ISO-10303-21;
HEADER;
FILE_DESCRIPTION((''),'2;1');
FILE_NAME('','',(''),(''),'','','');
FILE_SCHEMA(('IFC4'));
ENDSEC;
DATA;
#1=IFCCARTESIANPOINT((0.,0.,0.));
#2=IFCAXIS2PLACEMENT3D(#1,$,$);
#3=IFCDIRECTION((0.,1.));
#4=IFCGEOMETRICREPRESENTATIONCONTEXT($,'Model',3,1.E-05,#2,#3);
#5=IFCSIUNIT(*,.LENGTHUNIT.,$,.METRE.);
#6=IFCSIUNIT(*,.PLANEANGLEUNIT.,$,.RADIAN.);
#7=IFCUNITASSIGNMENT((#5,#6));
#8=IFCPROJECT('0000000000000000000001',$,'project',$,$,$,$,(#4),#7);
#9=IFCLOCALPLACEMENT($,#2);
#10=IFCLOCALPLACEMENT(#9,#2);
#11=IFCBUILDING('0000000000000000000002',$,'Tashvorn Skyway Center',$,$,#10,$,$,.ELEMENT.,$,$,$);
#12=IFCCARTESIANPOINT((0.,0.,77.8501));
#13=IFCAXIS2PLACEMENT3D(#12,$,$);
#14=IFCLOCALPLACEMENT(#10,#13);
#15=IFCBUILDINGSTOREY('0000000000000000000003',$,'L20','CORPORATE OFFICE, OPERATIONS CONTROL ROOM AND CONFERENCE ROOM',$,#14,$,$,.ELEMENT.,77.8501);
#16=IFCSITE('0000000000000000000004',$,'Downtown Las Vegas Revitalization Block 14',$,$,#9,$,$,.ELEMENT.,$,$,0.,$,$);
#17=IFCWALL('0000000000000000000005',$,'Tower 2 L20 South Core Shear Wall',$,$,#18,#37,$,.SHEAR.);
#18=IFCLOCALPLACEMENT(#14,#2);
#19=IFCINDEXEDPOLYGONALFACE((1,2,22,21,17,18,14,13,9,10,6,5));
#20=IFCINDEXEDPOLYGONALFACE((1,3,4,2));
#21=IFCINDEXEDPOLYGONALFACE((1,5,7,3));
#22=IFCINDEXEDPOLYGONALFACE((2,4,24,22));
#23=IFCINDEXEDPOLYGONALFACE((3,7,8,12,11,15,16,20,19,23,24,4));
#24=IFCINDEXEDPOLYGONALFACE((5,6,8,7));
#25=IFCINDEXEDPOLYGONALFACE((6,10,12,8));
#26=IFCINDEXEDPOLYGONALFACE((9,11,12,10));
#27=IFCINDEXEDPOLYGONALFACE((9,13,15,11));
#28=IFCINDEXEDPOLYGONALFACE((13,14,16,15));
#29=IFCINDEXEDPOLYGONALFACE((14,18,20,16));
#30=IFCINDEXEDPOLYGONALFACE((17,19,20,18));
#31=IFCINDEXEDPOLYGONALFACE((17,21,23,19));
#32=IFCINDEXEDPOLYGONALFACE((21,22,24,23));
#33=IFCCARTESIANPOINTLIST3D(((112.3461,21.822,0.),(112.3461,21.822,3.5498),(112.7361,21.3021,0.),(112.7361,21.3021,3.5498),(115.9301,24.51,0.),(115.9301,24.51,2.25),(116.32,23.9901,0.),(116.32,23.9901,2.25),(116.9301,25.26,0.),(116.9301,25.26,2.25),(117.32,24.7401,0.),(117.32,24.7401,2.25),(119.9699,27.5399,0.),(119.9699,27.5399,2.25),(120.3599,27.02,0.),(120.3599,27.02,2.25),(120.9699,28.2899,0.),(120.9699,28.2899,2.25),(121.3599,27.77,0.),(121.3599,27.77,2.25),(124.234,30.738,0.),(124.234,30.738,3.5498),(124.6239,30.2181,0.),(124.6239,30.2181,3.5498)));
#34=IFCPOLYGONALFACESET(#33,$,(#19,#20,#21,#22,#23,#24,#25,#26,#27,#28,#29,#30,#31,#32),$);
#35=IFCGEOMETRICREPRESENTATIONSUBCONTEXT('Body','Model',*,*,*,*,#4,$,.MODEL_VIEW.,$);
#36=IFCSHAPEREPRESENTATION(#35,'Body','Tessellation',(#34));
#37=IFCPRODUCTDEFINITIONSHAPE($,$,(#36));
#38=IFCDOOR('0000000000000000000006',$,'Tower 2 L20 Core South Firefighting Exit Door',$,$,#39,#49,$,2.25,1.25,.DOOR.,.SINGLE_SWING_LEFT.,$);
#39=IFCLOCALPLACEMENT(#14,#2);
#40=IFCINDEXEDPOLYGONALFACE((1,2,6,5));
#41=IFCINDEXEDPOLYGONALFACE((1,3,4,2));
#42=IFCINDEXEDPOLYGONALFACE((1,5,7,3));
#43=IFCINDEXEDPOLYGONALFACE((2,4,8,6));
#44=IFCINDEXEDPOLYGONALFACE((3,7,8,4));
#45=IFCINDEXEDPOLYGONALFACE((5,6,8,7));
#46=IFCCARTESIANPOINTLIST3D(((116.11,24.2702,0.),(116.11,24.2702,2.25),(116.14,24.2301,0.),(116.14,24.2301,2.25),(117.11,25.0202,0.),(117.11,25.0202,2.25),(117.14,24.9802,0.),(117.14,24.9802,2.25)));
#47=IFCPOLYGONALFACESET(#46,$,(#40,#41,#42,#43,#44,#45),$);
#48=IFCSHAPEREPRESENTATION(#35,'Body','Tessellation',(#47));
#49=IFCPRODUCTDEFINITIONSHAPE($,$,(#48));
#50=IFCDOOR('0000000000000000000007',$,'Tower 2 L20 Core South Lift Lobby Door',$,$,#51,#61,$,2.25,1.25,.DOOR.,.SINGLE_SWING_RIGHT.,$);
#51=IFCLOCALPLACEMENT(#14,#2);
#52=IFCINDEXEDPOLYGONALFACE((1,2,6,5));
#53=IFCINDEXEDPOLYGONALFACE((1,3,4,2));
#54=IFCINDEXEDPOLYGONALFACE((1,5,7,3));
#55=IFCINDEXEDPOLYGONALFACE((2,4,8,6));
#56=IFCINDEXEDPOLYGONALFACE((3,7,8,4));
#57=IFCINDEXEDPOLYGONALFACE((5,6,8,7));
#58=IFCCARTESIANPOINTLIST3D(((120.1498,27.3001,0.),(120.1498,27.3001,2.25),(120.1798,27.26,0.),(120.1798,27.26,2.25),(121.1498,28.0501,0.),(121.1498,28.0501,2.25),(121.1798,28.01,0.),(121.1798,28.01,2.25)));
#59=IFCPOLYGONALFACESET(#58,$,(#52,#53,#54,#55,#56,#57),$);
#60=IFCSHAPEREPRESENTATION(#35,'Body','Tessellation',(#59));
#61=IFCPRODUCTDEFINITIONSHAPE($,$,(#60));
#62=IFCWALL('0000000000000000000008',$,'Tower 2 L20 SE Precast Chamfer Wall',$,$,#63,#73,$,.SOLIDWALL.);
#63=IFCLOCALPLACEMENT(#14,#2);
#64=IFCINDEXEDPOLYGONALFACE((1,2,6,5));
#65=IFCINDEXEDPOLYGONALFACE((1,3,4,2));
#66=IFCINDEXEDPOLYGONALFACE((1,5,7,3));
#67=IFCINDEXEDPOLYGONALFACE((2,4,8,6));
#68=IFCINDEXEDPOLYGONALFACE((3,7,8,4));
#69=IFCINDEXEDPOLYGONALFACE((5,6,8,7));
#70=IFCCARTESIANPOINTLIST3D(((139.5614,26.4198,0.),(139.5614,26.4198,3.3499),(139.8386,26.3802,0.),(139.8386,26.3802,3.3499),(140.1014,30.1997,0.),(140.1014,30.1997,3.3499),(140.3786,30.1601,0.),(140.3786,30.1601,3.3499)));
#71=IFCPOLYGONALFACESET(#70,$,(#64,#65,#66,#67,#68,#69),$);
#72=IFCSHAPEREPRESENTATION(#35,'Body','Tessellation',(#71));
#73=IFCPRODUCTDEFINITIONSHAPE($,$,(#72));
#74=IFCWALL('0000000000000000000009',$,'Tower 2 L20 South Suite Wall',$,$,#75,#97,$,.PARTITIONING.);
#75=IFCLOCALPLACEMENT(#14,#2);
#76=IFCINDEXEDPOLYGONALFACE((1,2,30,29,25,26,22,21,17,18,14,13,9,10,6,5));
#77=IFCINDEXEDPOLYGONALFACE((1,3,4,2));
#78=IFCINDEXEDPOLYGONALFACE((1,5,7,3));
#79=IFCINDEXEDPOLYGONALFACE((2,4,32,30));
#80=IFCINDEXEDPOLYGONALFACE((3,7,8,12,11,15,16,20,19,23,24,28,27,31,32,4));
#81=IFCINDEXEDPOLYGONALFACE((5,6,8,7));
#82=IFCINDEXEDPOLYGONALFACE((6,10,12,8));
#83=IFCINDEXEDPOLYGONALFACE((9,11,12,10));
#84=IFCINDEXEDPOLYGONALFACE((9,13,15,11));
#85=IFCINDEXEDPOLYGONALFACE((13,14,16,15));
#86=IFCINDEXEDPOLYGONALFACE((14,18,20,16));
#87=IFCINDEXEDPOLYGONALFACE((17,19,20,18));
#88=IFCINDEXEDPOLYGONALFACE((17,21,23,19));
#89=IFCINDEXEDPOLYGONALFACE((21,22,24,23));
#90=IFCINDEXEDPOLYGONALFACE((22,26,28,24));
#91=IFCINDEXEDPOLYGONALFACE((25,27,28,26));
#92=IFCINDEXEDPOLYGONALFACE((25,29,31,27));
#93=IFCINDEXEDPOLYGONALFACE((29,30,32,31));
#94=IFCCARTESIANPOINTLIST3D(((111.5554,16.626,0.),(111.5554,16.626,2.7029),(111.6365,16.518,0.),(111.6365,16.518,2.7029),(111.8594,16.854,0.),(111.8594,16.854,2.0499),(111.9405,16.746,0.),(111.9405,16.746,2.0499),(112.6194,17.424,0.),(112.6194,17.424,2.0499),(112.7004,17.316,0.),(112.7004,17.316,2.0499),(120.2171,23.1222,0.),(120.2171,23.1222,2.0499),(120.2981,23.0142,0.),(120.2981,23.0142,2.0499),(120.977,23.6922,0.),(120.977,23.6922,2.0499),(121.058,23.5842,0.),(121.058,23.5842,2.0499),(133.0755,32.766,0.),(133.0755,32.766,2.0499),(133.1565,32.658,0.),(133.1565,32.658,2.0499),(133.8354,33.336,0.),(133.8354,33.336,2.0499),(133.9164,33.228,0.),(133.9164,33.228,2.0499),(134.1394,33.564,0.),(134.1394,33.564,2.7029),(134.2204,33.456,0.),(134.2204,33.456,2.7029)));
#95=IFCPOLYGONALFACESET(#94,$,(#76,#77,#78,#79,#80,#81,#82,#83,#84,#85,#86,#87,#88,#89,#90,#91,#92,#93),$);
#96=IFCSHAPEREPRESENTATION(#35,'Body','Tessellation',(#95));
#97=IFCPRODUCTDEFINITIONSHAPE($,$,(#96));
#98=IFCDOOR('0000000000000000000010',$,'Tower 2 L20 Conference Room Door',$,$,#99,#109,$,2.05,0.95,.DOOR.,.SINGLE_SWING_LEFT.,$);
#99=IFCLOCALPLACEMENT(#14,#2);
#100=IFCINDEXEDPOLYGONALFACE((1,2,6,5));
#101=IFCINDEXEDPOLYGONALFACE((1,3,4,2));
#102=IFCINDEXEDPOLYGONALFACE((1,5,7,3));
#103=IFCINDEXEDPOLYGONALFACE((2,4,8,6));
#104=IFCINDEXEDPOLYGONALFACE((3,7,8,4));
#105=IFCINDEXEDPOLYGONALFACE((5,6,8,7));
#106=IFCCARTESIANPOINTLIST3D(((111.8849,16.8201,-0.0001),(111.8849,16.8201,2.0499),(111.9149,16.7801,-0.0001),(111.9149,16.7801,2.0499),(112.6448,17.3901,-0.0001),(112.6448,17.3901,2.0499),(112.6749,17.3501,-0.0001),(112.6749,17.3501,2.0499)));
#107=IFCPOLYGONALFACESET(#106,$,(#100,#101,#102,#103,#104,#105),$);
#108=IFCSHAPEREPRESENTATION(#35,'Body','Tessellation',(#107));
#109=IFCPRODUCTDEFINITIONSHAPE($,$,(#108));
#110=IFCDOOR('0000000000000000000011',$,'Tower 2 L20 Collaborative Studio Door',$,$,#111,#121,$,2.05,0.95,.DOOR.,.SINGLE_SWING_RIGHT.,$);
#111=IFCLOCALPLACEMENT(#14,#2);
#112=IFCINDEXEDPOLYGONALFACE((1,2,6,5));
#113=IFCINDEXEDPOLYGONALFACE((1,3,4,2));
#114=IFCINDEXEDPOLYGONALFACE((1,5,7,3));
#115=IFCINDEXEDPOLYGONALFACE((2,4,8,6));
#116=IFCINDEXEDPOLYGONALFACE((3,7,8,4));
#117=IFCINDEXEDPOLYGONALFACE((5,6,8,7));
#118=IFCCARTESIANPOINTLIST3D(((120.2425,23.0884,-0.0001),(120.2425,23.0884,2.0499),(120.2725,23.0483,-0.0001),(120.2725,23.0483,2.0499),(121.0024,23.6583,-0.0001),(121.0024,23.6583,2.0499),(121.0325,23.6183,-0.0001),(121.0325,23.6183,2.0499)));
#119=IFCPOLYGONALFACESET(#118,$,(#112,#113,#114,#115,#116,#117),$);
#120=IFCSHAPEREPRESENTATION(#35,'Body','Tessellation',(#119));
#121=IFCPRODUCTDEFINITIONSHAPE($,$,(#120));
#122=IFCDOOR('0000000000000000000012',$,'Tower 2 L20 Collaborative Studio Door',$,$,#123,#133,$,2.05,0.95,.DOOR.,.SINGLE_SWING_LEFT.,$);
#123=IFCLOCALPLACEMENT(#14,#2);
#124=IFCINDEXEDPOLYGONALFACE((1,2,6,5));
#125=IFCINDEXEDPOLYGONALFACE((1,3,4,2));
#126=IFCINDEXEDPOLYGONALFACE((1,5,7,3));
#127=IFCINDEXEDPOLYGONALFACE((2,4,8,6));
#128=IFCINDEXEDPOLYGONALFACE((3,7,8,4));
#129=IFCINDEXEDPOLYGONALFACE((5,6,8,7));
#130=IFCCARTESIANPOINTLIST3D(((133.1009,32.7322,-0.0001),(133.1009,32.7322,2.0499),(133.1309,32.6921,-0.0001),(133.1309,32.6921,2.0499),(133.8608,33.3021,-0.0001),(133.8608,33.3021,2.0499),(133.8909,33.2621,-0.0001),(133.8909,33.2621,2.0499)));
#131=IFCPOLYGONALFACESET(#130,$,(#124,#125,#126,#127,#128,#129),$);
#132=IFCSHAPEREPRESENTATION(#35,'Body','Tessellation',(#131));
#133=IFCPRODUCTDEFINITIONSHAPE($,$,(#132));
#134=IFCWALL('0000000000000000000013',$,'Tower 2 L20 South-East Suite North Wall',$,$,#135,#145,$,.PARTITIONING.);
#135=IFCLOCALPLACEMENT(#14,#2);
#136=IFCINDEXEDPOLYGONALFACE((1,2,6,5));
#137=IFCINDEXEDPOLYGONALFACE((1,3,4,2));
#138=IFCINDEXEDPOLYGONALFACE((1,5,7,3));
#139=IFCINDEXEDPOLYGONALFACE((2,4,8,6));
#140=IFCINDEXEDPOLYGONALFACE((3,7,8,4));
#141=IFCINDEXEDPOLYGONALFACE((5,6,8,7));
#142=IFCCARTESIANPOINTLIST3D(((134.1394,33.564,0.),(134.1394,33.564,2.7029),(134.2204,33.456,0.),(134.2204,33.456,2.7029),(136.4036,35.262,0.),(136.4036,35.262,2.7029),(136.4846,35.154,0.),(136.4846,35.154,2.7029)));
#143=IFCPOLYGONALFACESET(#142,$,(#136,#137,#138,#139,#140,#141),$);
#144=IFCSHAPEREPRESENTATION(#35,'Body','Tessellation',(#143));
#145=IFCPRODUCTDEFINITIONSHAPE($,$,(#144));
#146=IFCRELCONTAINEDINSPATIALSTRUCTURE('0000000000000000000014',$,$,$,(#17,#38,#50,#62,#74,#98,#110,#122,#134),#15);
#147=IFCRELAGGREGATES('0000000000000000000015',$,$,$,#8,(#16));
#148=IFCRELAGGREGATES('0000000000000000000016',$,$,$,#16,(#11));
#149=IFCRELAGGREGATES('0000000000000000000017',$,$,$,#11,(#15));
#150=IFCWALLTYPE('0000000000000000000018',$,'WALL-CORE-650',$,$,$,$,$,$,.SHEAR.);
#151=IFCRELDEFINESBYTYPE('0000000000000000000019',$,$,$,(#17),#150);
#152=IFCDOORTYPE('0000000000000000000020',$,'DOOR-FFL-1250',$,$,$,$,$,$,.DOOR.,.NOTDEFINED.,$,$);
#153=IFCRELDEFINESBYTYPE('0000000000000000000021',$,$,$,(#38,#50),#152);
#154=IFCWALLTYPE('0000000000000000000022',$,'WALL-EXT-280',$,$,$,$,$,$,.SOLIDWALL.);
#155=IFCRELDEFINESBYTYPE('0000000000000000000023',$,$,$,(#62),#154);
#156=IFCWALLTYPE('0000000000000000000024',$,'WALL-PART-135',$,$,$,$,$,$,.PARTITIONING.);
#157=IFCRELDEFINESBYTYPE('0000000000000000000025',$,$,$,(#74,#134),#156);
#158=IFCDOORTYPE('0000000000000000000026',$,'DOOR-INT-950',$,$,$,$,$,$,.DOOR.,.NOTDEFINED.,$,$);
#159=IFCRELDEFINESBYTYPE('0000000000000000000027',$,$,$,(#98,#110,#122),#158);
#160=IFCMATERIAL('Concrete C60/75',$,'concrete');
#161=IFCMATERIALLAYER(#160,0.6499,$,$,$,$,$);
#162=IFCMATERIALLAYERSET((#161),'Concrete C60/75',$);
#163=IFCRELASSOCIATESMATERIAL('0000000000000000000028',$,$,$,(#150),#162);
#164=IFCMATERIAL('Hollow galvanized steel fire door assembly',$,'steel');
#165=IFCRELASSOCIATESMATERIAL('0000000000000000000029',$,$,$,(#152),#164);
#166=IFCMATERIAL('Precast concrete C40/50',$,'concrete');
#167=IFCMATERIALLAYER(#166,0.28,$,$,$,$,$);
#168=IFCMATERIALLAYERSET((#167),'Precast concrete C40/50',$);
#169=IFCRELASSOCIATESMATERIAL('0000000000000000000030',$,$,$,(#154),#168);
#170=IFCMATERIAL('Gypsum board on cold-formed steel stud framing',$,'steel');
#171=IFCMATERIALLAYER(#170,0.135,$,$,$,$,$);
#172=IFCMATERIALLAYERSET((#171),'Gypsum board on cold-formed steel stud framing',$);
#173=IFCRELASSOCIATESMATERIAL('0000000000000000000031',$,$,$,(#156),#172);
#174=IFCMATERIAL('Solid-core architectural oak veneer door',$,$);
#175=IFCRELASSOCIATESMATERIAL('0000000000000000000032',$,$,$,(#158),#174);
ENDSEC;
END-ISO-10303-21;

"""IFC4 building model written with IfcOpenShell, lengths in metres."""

from ifc_helpers import new_model, si_unit, direction, frame, frame_2d, origin, place, context, subcontext, project, spatial, rectangle, extrude, material, layer, layer_set, type_object, element, fill, save


model = new_model("IFC4")

# Units and contexts
model_context = context("Model", 3, precision=1e-05, world=origin(), true_north=direction((0.0, 1.0)))
body_context = subcontext(model_context, "Body", "Model", "MODEL_VIEW")
ifc_project = project(units=[si_unit("LENGTHUNIT", "METRE"), si_unit("PLANEANGLEUNIT", "RADIAN")], contexts=[model_context])

# Site, building, storey
site_placement = place(None, origin())
site = spatial("IfcSite", under=ifc_project, at=site_placement, Name="Downtown Las Vegas Revitalization Block 14", CompositionType="ELEMENT", RefElevation=0.0)
building_placement = place(site_placement, origin())
building = spatial("IfcBuilding", under=site, at=building_placement, Name="Tashvorn Skyway Center", CompositionType="ELEMENT")
storey_placement = place(building_placement, frame((0.0, 0.0, 77.8501)))
storey = spatial("IfcBuildingStorey", under=building, at=storey_placement, Name="L20", Description="CORPORATE OFFICE, OPERATIONS CONTROL ROOM AND CONFERENCE ROOM", CompositionType="ELEMENT", Elevation=77.8501)

# Wall, openings, doors
ifc_material_1 = material(Name="Concrete C60/75", Category="concrete")
ifc_layer_1 = layer(ifc_material_1, 0.6499)
ifc_layer_set_1 = layer_set([ifc_layer_1], Name="Concrete C60/75")
wall_type_1 = type_object("IfcWallType", Name="WALL-CORE-650", PredefinedType="SHEAR", material=ifc_layer_set_1)
wall_1_placement = place(storey_placement, frame((124.429, 30.478, 0.0), z_axis=(0.0, 0.0, 1.0), x_axis=(-0.799998, -0.600003, 0.0)))
wall_1 = element("IfcWall", 1, at=wall_1_placement, inside=storey, type_object=wall_type_1, Name="Tower 2 L20 South Core Shear Wall", PredefinedType="SHEAR", context=body_context, shape_type="SweptSolid", body=[
    extrude(rectangle(XDim=14.8599, YDim=0.6499, at=frame_2d((7.4299, 0.0))), origin(), (0.0, 0.0, 1.0), 3.5498),
])
opening_1_placement = place(wall_1_placement, frame((9.1299, 0.0, 0.0)))
opening_1 = element("IfcOpeningElement", 2, at=opening_1_placement, cuts=wall_1, PredefinedType="OPENING", context=body_context, shape_type="SweptSolid", body=[
    extrude(rectangle(XDim=1.25, YDim=2.25, at=frame_2d((0.625, 1.125))), frame((0.0, 0.335, 0.0), z_axis=(0.0, -1.0, 0.0), x_axis=(1.0, 0.0, 0.0)), (0.0, 0.0, 1.0), 0.6699),
])
opening_2_placement = place(wall_1_placement, frame((4.0801, 0.0, 0.0)))
opening_2 = element("IfcOpeningElement", 3, at=opening_2_placement, cuts=wall_1, PredefinedType="OPENING", context=body_context, shape_type="SweptSolid", body=[
    extrude(rectangle(XDim=1.25, YDim=2.25, at=frame_2d((0.625, 1.125))), frame((0.0, 0.335, 0.0), z_axis=(0.0, -1.0, 0.0), x_axis=(1.0, 0.0, 0.0)), (0.0, 0.0, 1.0), 0.6699),
])
ifc_material_2 = material(Name="Hollow galvanized steel fire door assembly", Category="steel")
door_type_1 = type_object("IfcDoorType", Name="DOOR-FFL-1250", OperationType="NOTDEFINED", PredefinedType="DOOR", material=ifc_material_2)
door_1_placement = place(opening_1_placement, origin())
door_1 = element("IfcDoor", 4, at=door_1_placement, inside=storey, type_object=door_type_1, Name="Tower 2 L20 Core South Firefighting Exit Door", OperationType="SINGLE_SWING_LEFT", OverallHeight=2.25, OverallWidth=1.25, PredefinedType="DOOR", context=body_context, shape_type="SweptSolid", body=[
    extrude(rectangle(XDim=1.25, YDim=2.25, at=frame_2d((0.625, 1.125))), frame((0.0, 0.0249, 0.0), z_axis=(0.0, -1.0, 0.0), x_axis=(1.0, 0.0, 0.0)), (0.0, 0.0, 1.0), 0.05),
])
fill(opening_1, door_1)
door_2_placement = place(opening_2_placement, origin())
door_2 = element("IfcDoor", 5, at=door_2_placement, inside=storey, type_object=door_type_1, Name="Tower 2 L20 Core South Lift Lobby Door", OperationType="SINGLE_SWING_RIGHT", OverallHeight=2.25, OverallWidth=1.25, PredefinedType="DOOR", context=body_context, shape_type="SweptSolid", body=[
    extrude(rectangle(XDim=1.25, YDim=2.25, at=frame_2d((0.625, 1.125))), frame((0.0, 0.0249, 0.0), z_axis=(0.0, -1.0, 0.0), x_axis=(1.0, 0.0, 0.0)), (0.0, 0.0, 1.0), 0.05),
])
fill(opening_2, door_2)

# Wall
ifc_material_3 = material(Name="Precast concrete C40/50", Category="concrete")
ifc_layer_2 = layer(ifc_material_3, 0.28)
ifc_layer_set_2 = layer_set([ifc_layer_2], Name="Precast concrete C40/50")
wall_type_2 = type_object("IfcWallType", Name="WALL-EXT-280", PredefinedType="SOLIDWALL", material=ifc_layer_set_2)
wall_2_placement = place(storey_placement, frame((140.24, 30.1799, 0.0), z_axis=(0.0, 0.0, 1.0), x_axis=(-0.14143, -0.989948, 0.0)))
element("IfcWall", 6, at=wall_2_placement, inside=storey, type_object=wall_type_2, Name="Tower 2 L20 SE Precast Chamfer Wall", PredefinedType="SOLIDWALL", context=body_context, shape_type="SweptSolid", body=[
    extrude(rectangle(XDim=3.8184, YDim=0.28, at=frame_2d((1.9092, 0.0))), origin(), (0.0, 0.0, 1.0), 3.3499),
])

# Wall, openings, doors
ifc_material_4 = material(Name="Gypsum board on cold-formed steel stud framing", Category="steel")
ifc_layer_3 = layer(ifc_material_4, 0.135)
ifc_layer_set_3 = layer_set([ifc_layer_3], Name="Gypsum board on cold-formed steel stud framing")
wall_type_3 = type_object("IfcWallType", Name="WALL-PART-135", PredefinedType="PARTITIONING", material=ifc_layer_set_3)
wall_3_placement = place(storey_placement, frame((134.1799, 33.51, 0.0), z_axis=(0.0, 0.0, 1.0), x_axis=(-0.8, -0.6, 0.0)))
wall_3 = element("IfcWall", 7, at=wall_3_placement, inside=storey, type_object=wall_type_3, Name="Tower 2 L20 South Suite Wall", PredefinedType="PARTITIONING", context=body_context, shape_type="SweptSolid", body=[
    extrude(rectangle(XDim=28.23, YDim=0.135, at=frame_2d((14.115, 0.0))), origin(), (0.0, 0.0, 1.0), 2.7029),
])
opening_3_placement = place(wall_3_placement, frame((26.8999, 0.0, 0.0)))
opening_3 = element("IfcOpeningElement", 8, at=opening_3_placement, cuts=wall_3, PredefinedType="OPENING", context=body_context, shape_type="SweptSolid", body=[
    extrude(rectangle(XDim=0.95, YDim=2.05, at=frame_2d((0.4751, 1.0249))), frame((0.0, 0.0774, 0.0), z_axis=(0.0, -1.0, 0.0), x_axis=(1.0, 0.0, 0.0)), (0.0, 0.0, 1.0), 0.155),
])
opening_4_placement = place(wall_3_placement, frame((16.4529, 0.0, 0.0)))
opening_4 = element("IfcOpeningElement", 9, at=opening_4_placement, cuts=wall_3, PredefinedType="OPENING", context=body_context, shape_type="SweptSolid", body=[
    extrude(rectangle(XDim=0.95, YDim=2.05, at=frame_2d((0.4751, 1.0249))), frame((0.0, 0.0774, 0.0), z_axis=(0.0, -1.0, 0.0), x_axis=(1.0, 0.0, 0.0)), (0.0, 0.0, 1.0), 0.155),
])
opening_5_placement = place(wall_3_placement, frame((0.3799, 0.0, 0.0)))
opening_5 = element("IfcOpeningElement", 10, at=opening_5_placement, cuts=wall_3, PredefinedType="OPENING", context=body_context, shape_type="SweptSolid", body=[
    extrude(rectangle(XDim=0.95, YDim=2.05, at=frame_2d((0.4751, 1.0249))), frame((0.0, 0.0774, 0.0), z_axis=(0.0, -1.0, 0.0), x_axis=(1.0, 0.0, 0.0)), (0.0, 0.0, 1.0), 0.155),
])
ifc_material_5 = material(Name="Solid-core architectural oak veneer door")
door_type_2 = type_object("IfcDoorType", Name="DOOR-INT-950", OperationType="NOTDEFINED", PredefinedType="DOOR", material=ifc_material_5)
door_3_placement = place(opening_3_placement, origin())
door_3 = element("IfcDoor", 11, at=door_3_placement, inside=storey, type_object=door_type_2, Name="Tower 2 L20 Conference Room Door", OperationType="SINGLE_SWING_LEFT", OverallHeight=2.05, OverallWidth=0.95, PredefinedType="DOOR", context=body_context, shape_type="SweptSolid", body=[
    extrude(rectangle(XDim=0.95, YDim=2.05, at=frame_2d((0.4751, 1.0249))), frame((0.0, 0.0249, 0.0), z_axis=(0.0, -1.0, 0.0), x_axis=(1.0, 0.0, 0.0)), (0.0, 0.0, 1.0), 0.05),
])
fill(opening_3, door_3)
door_4_placement = place(opening_4_placement, origin())
door_4 = element("IfcDoor", 12, at=door_4_placement, inside=storey, type_object=door_type_2, Name="Tower 2 L20 Collaborative Studio Door", OperationType="SINGLE_SWING_RIGHT", OverallHeight=2.05, OverallWidth=0.95, PredefinedType="DOOR", context=body_context, shape_type="SweptSolid", body=[
    extrude(rectangle(XDim=0.95, YDim=2.05, at=frame_2d((0.4751, 1.0249))), frame((0.0, 0.0249, 0.0), z_axis=(0.0, -1.0, 0.0), x_axis=(1.0, 0.0, 0.0)), (0.0, 0.0, 1.0), 0.05),
])
fill(opening_4, door_4)
door_5_placement = place(opening_5_placement, origin())
door_5 = element("IfcDoor", 13, at=door_5_placement, inside=storey, type_object=door_type_2, Name="Tower 2 L20 Collaborative Studio Door", OperationType="SINGLE_SWING_LEFT", OverallHeight=2.05, OverallWidth=0.95, PredefinedType="DOOR", context=body_context, shape_type="SweptSolid", body=[
    extrude(rectangle(XDim=0.95, YDim=2.05, at=frame_2d((0.4751, 1.0249))), frame((0.0, 0.0249, 0.0), z_axis=(0.0, -1.0, 0.0), x_axis=(1.0, 0.0, 0.0)), (0.0, 0.0, 1.0), 0.05),
])
fill(opening_5, door_5)

# Wall
wall_4_placement = place(storey_placement, frame((134.1799, 33.51, 0.0), z_axis=(0.0, 0.0, 1.0), x_axis=(0.800021, 0.599972, 0.0)))
element("IfcWall", 14, at=wall_4_placement, inside=storey, type_object=wall_type_3, Name="Tower 2 L20 South-East Suite North Wall", PredefinedType="PARTITIONING", context=body_context, shape_type="SweptSolid", body=[
    extrude(rectangle(XDim=2.8301, YDim=0.135, at=frame_2d((1.415, 0.0))), origin(), (0.0, 0.0, 1.0), 2.7029),
])

save(model, "model.ifc")
